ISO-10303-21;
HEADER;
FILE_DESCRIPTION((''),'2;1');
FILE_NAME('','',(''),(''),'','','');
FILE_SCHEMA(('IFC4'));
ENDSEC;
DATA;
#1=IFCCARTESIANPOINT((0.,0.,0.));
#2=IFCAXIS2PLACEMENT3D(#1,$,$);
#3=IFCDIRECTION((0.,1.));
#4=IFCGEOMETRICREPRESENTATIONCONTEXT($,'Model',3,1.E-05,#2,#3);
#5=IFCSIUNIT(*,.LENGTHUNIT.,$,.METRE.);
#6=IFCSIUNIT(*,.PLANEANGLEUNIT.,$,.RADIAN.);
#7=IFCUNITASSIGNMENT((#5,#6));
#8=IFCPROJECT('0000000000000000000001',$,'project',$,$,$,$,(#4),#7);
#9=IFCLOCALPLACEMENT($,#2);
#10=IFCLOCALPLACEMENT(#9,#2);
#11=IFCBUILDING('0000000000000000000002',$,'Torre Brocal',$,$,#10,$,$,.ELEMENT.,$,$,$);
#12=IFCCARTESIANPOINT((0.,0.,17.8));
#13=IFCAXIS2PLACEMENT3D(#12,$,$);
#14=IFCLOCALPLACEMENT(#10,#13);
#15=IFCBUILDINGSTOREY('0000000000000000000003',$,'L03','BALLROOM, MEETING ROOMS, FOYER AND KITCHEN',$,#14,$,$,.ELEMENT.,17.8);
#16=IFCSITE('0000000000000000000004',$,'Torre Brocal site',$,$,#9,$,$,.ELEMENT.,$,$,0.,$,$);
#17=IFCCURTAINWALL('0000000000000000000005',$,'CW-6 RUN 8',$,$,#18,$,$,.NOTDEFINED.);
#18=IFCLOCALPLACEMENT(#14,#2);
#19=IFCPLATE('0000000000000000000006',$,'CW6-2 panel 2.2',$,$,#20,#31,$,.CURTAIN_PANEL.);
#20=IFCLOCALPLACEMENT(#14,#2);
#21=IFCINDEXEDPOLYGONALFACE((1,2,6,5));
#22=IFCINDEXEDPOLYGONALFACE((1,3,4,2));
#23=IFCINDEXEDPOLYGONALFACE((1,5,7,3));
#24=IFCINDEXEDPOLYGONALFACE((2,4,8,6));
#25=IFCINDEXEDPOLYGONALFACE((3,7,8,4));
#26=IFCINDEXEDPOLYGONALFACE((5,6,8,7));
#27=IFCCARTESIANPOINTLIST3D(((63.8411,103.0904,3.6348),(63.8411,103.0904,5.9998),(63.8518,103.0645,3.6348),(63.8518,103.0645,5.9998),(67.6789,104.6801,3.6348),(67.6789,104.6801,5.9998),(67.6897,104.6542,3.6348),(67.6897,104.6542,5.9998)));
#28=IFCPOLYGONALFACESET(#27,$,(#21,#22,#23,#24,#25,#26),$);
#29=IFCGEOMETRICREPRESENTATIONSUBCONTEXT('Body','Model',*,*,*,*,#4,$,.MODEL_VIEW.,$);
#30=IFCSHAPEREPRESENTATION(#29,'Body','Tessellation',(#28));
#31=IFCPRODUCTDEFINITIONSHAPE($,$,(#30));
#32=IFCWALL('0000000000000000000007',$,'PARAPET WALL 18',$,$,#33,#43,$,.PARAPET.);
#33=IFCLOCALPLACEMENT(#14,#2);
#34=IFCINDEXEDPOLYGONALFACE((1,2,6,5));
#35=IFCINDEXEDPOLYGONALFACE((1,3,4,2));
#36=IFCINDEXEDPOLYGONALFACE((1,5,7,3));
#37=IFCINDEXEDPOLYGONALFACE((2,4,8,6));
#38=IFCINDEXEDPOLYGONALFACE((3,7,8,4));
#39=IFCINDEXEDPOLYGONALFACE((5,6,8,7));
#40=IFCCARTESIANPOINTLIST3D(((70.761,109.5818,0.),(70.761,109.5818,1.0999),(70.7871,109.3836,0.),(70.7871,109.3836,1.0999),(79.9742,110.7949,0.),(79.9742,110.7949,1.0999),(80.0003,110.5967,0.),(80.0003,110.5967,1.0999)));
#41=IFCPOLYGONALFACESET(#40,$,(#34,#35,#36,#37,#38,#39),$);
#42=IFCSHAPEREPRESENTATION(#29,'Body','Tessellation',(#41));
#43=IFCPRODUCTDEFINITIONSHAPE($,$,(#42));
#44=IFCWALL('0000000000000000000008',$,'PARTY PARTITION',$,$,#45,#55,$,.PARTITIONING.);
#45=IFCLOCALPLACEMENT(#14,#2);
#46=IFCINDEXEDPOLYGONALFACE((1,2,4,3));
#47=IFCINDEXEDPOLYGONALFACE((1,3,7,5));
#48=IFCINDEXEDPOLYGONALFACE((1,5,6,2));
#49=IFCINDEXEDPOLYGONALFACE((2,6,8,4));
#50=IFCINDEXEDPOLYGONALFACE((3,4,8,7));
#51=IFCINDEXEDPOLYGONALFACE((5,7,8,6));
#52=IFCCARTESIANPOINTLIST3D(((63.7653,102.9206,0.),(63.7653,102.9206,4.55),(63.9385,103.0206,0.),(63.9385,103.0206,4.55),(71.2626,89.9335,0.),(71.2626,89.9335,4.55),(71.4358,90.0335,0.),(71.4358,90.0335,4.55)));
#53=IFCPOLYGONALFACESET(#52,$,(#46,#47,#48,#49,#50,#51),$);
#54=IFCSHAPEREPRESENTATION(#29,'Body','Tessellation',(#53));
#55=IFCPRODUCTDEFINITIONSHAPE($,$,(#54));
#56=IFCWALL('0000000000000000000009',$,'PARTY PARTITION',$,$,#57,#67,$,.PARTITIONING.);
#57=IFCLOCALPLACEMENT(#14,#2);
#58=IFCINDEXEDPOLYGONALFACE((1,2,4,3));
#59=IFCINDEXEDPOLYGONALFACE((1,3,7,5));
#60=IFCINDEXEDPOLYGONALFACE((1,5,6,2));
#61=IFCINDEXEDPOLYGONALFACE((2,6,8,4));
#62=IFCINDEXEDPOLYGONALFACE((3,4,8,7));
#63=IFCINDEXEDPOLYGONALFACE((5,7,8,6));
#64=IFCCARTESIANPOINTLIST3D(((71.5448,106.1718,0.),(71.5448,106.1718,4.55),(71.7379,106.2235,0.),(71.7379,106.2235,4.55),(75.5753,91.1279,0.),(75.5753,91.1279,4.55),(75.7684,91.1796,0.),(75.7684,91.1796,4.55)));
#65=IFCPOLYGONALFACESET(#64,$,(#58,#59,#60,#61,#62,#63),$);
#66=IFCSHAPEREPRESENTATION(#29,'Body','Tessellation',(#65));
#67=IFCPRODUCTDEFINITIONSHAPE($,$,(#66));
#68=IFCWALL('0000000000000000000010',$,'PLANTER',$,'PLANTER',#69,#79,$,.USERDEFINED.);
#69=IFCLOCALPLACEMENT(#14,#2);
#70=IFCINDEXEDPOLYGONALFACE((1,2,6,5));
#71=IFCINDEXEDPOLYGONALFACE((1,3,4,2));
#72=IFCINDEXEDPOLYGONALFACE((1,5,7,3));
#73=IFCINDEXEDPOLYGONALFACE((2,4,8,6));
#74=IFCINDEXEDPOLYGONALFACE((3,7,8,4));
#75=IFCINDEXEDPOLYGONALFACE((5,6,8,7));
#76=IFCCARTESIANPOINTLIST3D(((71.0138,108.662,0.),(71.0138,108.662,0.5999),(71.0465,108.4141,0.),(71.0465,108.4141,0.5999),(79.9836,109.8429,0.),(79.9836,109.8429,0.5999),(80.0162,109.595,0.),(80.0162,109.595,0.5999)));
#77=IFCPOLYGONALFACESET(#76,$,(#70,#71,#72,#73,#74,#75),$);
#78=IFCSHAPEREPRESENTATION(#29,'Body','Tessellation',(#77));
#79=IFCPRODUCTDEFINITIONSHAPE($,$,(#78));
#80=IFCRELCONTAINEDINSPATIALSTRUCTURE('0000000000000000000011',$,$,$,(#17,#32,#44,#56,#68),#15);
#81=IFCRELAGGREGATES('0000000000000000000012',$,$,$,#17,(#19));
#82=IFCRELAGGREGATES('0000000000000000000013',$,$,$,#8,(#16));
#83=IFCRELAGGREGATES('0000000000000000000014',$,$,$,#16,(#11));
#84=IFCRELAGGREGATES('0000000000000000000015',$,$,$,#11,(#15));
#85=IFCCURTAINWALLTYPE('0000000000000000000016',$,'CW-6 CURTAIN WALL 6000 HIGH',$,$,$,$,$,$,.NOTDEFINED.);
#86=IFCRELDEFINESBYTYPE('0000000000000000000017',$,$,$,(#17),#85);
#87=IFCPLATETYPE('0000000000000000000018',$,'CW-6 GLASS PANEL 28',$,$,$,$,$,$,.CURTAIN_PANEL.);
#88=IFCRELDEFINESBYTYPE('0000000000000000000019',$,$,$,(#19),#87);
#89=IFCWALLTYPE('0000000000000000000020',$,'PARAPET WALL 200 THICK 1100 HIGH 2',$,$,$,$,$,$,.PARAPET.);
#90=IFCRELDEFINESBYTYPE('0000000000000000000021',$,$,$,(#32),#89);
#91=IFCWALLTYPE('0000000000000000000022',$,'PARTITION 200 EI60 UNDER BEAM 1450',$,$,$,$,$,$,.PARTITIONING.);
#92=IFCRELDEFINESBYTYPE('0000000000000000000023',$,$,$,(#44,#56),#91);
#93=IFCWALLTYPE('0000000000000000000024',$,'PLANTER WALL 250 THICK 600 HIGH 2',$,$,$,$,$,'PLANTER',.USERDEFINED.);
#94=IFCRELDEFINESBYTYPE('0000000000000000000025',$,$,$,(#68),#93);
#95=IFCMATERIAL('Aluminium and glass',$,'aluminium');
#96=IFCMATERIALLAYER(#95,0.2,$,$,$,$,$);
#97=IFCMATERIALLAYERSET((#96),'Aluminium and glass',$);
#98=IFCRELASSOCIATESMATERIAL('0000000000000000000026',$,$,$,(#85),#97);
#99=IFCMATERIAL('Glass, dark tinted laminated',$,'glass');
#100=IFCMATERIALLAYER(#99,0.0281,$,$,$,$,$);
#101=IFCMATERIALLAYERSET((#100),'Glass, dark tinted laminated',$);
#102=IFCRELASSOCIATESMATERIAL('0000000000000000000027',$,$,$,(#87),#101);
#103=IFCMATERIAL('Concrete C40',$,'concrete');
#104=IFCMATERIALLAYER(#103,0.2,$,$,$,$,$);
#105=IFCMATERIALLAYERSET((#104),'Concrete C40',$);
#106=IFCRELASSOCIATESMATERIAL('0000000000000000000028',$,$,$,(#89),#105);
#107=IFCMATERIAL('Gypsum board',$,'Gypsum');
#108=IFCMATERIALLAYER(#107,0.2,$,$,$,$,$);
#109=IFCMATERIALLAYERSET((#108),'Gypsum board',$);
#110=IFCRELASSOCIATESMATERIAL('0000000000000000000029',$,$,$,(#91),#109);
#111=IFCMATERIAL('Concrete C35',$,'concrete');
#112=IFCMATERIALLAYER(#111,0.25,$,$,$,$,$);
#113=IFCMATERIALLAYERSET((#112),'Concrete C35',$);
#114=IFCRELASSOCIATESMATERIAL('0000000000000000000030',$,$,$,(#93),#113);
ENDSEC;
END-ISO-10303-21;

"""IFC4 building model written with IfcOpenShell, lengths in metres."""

from ifc_helpers import new_model, si_unit, direction, frame, frame_2d, origin, origin_2d, place, context, subcontext, project, spatial, rectangle, extrude, material, layer, layer_set, type_object, element, aggregate, save


model = new_model("IFC4")

# Units and contexts
model_context = context("Model", 3, precision=1e-05, world=origin(), true_north=direction((0.0, 1.0)))
body_context = subcontext(model_context, "Body", "Model", "MODEL_VIEW")
ifc_project = project(units=[si_unit("LENGTHUNIT", "METRE"), si_unit("PLANEANGLEUNIT", "RADIAN")], contexts=[model_context])

# Site, building, storey
site_placement = place(None, origin())
site = spatial("IfcSite", under=ifc_project, at=site_placement, Name="Torre Brocal site", CompositionType="ELEMENT", RefElevation=0.0)
building_placement = place(site_placement, origin())
building = spatial("IfcBuilding", under=site, at=building_placement, Name="Torre Brocal", CompositionType="ELEMENT")
storey_placement = place(building_placement, frame((0.0, 0.0, 17.8)))
storey = spatial("IfcBuildingStorey", under=building, at=storey_placement, Name="L03", Description="BALLROOM, MEETING ROOMS, FOYER AND KITCHEN", CompositionType="ELEMENT", Elevation=17.8)

# Curtain wall
ifc_material_1 = material(Name="Aluminium and glass", Category="aluminium")
ifc_layer_1 = layer(ifc_material_1, 0.2)
ifc_layer_set_1 = layer_set([ifc_layer_1], Name="Aluminium and glass")
curtain_wall_type = type_object("IfcCurtainWallType", Name="CW-6 CURTAIN WALL 6000 HIGH", PredefinedType="NOTDEFINED", material=ifc_layer_set_1)
curtain_wall_1_placement = place(storey_placement, origin())
curtain_wall_1 = element("IfcCurtainWall", 1, at=curtain_wall_1_placement, inside=storey, type_object=curtain_wall_type, Name="CW-6 RUN 8", PredefinedType="NOTDEFINED")

# Plate
ifc_material_2 = material(Name="Glass, dark tinted laminated", Category="glass")
ifc_layer_2 = layer(ifc_material_2, 0.0281)
ifc_layer_set_2 = layer_set([ifc_layer_2], Name="Glass, dark tinted laminated")
plate_type = type_object("IfcPlateType", Name="CW-6 GLASS PANEL 28", PredefinedType="CURTAIN_PANEL", material=ifc_layer_set_2)
plate_1_placement = place(storey_placement, frame((65.7654, 103.8723, 3.6348), z_axis=(0.0, 0.0, 1.0), x_axis=(-0.92388, -0.382683, 0.0)))
plate_1 = element("IfcPlate", 2, at=plate_1_placement, type_object=plate_type, Name="CW6-2 panel 2.2", PredefinedType="CURTAIN_PANEL", context=body_context, shape_type="SweptSolid", body=[
    extrude(rectangle(XDim=4.1541, YDim=0.0281, at=origin_2d()), origin(), (0.0, 0.0, 1.0), 2.365),
])
aggregate(curtain_wall_1, [plate_1])

# Walls
ifc_material_3 = material(Name="Concrete C40", Category="concrete")
ifc_layer_3 = layer(ifc_material_3, 0.2)
ifc_layer_set_3 = layer_set([ifc_layer_3], Name="Concrete C40")
wall_type_1 = type_object("IfcWallType", Name="PARAPET WALL 200 THICK 1100 HIGH 2", PredefinedType="PARAPET", material=ifc_layer_set_3)
wall_1_placement = place(storey_placement, frame((70.7739, 109.4827, 0.0), z_axis=(0.0, 0.0, 1.0), x_axis=(0.991442, 0.130548, 0.0)))
element("IfcWall", 3, at=wall_1_placement, inside=storey, type_object=wall_type_1, Name="PARAPET WALL 18", PredefinedType="PARAPET", context=body_context, shape_type="SweptSolid", body=[
    extrude(rectangle(XDim=9.2927, YDim=0.2, at=frame_2d((4.6465, 0.0))), origin(), (0.0, 0.0, 1.0), 1.0999),
])
ifc_material_4 = material(Name="Gypsum board", Category="Gypsum")
ifc_layer_4 = layer(ifc_material_4, 0.2)
ifc_layer_set_4 = layer_set([ifc_layer_4], Name="Gypsum board")
wall_type_2 = type_object("IfcWallType", Name="PARTITION 200 EI60 UNDER BEAM 1450", PredefinedType="PARTITIONING", material=ifc_layer_set_4)
wall_2_placement = place(storey_placement, frame((63.8518, 102.9707, 0.0), z_axis=(0.0, 0.0, 1.0), x_axis=(0.499962, -0.866048, 0.0)))
element("IfcWall", 4, at=wall_2_placement, inside=storey, type_object=wall_type_2, Name="PARTY PARTITION", PredefinedType="PARTITIONING", context=body_context, shape_type="SweptSolid", body=[
    extrude(rectangle(XDim=14.9958, YDim=0.2, at=frame_2d((7.498, 0.0))), origin(), (0.0, 0.0, 1.0), 4.55),
])
wall_3_placement = place(storey_placement, frame((71.6414, 106.1975, 0.0), z_axis=(0.0, 0.0, 1.0), x_axis=(0.258789, -0.965934, 0.0)))
element("IfcWall", 5, at=wall_3_placement, inside=storey, type_object=wall_type_2, Name="PARTY PARTITION", PredefinedType="PARTITIONING", context=body_context, shape_type="SweptSolid", body=[
    extrude(rectangle(XDim=15.5745, YDim=0.2, at=frame_2d((7.7871, 0.0))), origin(), (0.0, 0.0, 1.0), 4.55),
])
ifc_material_5 = material(Name="Concrete C35", Category="concrete")
ifc_layer_5 = layer(ifc_material_5, 0.25)
ifc_layer_set_5 = layer_set([ifc_layer_5], Name="Concrete C35")
wall_type_3 = type_object("IfcWallType", Name="PLANTER WALL 250 THICK 600 HIGH 2", ElementType="PLANTER", PredefinedType="USERDEFINED", material=ifc_layer_set_5)
wall_4_placement = place(storey_placement, frame((71.0303, 108.5381, 0.0), z_axis=(0.0, 0.0, 1.0), x_axis=(0.991445, 0.130529, 0.0)))
element("IfcWall", 6, at=wall_4_placement, inside=storey, type_object=wall_type_3, Name="PLANTER", ObjectType="PLANTER", PredefinedType="USERDEFINED", context=body_context, shape_type="SweptSolid", body=[
    extrude(rectangle(XDim=9.0471, YDim=0.25, at=frame_2d((4.5234, 0.0))), origin(), (0.0, 0.0, 1.0), 0.5999),
])

save(model, "model.ifc")
